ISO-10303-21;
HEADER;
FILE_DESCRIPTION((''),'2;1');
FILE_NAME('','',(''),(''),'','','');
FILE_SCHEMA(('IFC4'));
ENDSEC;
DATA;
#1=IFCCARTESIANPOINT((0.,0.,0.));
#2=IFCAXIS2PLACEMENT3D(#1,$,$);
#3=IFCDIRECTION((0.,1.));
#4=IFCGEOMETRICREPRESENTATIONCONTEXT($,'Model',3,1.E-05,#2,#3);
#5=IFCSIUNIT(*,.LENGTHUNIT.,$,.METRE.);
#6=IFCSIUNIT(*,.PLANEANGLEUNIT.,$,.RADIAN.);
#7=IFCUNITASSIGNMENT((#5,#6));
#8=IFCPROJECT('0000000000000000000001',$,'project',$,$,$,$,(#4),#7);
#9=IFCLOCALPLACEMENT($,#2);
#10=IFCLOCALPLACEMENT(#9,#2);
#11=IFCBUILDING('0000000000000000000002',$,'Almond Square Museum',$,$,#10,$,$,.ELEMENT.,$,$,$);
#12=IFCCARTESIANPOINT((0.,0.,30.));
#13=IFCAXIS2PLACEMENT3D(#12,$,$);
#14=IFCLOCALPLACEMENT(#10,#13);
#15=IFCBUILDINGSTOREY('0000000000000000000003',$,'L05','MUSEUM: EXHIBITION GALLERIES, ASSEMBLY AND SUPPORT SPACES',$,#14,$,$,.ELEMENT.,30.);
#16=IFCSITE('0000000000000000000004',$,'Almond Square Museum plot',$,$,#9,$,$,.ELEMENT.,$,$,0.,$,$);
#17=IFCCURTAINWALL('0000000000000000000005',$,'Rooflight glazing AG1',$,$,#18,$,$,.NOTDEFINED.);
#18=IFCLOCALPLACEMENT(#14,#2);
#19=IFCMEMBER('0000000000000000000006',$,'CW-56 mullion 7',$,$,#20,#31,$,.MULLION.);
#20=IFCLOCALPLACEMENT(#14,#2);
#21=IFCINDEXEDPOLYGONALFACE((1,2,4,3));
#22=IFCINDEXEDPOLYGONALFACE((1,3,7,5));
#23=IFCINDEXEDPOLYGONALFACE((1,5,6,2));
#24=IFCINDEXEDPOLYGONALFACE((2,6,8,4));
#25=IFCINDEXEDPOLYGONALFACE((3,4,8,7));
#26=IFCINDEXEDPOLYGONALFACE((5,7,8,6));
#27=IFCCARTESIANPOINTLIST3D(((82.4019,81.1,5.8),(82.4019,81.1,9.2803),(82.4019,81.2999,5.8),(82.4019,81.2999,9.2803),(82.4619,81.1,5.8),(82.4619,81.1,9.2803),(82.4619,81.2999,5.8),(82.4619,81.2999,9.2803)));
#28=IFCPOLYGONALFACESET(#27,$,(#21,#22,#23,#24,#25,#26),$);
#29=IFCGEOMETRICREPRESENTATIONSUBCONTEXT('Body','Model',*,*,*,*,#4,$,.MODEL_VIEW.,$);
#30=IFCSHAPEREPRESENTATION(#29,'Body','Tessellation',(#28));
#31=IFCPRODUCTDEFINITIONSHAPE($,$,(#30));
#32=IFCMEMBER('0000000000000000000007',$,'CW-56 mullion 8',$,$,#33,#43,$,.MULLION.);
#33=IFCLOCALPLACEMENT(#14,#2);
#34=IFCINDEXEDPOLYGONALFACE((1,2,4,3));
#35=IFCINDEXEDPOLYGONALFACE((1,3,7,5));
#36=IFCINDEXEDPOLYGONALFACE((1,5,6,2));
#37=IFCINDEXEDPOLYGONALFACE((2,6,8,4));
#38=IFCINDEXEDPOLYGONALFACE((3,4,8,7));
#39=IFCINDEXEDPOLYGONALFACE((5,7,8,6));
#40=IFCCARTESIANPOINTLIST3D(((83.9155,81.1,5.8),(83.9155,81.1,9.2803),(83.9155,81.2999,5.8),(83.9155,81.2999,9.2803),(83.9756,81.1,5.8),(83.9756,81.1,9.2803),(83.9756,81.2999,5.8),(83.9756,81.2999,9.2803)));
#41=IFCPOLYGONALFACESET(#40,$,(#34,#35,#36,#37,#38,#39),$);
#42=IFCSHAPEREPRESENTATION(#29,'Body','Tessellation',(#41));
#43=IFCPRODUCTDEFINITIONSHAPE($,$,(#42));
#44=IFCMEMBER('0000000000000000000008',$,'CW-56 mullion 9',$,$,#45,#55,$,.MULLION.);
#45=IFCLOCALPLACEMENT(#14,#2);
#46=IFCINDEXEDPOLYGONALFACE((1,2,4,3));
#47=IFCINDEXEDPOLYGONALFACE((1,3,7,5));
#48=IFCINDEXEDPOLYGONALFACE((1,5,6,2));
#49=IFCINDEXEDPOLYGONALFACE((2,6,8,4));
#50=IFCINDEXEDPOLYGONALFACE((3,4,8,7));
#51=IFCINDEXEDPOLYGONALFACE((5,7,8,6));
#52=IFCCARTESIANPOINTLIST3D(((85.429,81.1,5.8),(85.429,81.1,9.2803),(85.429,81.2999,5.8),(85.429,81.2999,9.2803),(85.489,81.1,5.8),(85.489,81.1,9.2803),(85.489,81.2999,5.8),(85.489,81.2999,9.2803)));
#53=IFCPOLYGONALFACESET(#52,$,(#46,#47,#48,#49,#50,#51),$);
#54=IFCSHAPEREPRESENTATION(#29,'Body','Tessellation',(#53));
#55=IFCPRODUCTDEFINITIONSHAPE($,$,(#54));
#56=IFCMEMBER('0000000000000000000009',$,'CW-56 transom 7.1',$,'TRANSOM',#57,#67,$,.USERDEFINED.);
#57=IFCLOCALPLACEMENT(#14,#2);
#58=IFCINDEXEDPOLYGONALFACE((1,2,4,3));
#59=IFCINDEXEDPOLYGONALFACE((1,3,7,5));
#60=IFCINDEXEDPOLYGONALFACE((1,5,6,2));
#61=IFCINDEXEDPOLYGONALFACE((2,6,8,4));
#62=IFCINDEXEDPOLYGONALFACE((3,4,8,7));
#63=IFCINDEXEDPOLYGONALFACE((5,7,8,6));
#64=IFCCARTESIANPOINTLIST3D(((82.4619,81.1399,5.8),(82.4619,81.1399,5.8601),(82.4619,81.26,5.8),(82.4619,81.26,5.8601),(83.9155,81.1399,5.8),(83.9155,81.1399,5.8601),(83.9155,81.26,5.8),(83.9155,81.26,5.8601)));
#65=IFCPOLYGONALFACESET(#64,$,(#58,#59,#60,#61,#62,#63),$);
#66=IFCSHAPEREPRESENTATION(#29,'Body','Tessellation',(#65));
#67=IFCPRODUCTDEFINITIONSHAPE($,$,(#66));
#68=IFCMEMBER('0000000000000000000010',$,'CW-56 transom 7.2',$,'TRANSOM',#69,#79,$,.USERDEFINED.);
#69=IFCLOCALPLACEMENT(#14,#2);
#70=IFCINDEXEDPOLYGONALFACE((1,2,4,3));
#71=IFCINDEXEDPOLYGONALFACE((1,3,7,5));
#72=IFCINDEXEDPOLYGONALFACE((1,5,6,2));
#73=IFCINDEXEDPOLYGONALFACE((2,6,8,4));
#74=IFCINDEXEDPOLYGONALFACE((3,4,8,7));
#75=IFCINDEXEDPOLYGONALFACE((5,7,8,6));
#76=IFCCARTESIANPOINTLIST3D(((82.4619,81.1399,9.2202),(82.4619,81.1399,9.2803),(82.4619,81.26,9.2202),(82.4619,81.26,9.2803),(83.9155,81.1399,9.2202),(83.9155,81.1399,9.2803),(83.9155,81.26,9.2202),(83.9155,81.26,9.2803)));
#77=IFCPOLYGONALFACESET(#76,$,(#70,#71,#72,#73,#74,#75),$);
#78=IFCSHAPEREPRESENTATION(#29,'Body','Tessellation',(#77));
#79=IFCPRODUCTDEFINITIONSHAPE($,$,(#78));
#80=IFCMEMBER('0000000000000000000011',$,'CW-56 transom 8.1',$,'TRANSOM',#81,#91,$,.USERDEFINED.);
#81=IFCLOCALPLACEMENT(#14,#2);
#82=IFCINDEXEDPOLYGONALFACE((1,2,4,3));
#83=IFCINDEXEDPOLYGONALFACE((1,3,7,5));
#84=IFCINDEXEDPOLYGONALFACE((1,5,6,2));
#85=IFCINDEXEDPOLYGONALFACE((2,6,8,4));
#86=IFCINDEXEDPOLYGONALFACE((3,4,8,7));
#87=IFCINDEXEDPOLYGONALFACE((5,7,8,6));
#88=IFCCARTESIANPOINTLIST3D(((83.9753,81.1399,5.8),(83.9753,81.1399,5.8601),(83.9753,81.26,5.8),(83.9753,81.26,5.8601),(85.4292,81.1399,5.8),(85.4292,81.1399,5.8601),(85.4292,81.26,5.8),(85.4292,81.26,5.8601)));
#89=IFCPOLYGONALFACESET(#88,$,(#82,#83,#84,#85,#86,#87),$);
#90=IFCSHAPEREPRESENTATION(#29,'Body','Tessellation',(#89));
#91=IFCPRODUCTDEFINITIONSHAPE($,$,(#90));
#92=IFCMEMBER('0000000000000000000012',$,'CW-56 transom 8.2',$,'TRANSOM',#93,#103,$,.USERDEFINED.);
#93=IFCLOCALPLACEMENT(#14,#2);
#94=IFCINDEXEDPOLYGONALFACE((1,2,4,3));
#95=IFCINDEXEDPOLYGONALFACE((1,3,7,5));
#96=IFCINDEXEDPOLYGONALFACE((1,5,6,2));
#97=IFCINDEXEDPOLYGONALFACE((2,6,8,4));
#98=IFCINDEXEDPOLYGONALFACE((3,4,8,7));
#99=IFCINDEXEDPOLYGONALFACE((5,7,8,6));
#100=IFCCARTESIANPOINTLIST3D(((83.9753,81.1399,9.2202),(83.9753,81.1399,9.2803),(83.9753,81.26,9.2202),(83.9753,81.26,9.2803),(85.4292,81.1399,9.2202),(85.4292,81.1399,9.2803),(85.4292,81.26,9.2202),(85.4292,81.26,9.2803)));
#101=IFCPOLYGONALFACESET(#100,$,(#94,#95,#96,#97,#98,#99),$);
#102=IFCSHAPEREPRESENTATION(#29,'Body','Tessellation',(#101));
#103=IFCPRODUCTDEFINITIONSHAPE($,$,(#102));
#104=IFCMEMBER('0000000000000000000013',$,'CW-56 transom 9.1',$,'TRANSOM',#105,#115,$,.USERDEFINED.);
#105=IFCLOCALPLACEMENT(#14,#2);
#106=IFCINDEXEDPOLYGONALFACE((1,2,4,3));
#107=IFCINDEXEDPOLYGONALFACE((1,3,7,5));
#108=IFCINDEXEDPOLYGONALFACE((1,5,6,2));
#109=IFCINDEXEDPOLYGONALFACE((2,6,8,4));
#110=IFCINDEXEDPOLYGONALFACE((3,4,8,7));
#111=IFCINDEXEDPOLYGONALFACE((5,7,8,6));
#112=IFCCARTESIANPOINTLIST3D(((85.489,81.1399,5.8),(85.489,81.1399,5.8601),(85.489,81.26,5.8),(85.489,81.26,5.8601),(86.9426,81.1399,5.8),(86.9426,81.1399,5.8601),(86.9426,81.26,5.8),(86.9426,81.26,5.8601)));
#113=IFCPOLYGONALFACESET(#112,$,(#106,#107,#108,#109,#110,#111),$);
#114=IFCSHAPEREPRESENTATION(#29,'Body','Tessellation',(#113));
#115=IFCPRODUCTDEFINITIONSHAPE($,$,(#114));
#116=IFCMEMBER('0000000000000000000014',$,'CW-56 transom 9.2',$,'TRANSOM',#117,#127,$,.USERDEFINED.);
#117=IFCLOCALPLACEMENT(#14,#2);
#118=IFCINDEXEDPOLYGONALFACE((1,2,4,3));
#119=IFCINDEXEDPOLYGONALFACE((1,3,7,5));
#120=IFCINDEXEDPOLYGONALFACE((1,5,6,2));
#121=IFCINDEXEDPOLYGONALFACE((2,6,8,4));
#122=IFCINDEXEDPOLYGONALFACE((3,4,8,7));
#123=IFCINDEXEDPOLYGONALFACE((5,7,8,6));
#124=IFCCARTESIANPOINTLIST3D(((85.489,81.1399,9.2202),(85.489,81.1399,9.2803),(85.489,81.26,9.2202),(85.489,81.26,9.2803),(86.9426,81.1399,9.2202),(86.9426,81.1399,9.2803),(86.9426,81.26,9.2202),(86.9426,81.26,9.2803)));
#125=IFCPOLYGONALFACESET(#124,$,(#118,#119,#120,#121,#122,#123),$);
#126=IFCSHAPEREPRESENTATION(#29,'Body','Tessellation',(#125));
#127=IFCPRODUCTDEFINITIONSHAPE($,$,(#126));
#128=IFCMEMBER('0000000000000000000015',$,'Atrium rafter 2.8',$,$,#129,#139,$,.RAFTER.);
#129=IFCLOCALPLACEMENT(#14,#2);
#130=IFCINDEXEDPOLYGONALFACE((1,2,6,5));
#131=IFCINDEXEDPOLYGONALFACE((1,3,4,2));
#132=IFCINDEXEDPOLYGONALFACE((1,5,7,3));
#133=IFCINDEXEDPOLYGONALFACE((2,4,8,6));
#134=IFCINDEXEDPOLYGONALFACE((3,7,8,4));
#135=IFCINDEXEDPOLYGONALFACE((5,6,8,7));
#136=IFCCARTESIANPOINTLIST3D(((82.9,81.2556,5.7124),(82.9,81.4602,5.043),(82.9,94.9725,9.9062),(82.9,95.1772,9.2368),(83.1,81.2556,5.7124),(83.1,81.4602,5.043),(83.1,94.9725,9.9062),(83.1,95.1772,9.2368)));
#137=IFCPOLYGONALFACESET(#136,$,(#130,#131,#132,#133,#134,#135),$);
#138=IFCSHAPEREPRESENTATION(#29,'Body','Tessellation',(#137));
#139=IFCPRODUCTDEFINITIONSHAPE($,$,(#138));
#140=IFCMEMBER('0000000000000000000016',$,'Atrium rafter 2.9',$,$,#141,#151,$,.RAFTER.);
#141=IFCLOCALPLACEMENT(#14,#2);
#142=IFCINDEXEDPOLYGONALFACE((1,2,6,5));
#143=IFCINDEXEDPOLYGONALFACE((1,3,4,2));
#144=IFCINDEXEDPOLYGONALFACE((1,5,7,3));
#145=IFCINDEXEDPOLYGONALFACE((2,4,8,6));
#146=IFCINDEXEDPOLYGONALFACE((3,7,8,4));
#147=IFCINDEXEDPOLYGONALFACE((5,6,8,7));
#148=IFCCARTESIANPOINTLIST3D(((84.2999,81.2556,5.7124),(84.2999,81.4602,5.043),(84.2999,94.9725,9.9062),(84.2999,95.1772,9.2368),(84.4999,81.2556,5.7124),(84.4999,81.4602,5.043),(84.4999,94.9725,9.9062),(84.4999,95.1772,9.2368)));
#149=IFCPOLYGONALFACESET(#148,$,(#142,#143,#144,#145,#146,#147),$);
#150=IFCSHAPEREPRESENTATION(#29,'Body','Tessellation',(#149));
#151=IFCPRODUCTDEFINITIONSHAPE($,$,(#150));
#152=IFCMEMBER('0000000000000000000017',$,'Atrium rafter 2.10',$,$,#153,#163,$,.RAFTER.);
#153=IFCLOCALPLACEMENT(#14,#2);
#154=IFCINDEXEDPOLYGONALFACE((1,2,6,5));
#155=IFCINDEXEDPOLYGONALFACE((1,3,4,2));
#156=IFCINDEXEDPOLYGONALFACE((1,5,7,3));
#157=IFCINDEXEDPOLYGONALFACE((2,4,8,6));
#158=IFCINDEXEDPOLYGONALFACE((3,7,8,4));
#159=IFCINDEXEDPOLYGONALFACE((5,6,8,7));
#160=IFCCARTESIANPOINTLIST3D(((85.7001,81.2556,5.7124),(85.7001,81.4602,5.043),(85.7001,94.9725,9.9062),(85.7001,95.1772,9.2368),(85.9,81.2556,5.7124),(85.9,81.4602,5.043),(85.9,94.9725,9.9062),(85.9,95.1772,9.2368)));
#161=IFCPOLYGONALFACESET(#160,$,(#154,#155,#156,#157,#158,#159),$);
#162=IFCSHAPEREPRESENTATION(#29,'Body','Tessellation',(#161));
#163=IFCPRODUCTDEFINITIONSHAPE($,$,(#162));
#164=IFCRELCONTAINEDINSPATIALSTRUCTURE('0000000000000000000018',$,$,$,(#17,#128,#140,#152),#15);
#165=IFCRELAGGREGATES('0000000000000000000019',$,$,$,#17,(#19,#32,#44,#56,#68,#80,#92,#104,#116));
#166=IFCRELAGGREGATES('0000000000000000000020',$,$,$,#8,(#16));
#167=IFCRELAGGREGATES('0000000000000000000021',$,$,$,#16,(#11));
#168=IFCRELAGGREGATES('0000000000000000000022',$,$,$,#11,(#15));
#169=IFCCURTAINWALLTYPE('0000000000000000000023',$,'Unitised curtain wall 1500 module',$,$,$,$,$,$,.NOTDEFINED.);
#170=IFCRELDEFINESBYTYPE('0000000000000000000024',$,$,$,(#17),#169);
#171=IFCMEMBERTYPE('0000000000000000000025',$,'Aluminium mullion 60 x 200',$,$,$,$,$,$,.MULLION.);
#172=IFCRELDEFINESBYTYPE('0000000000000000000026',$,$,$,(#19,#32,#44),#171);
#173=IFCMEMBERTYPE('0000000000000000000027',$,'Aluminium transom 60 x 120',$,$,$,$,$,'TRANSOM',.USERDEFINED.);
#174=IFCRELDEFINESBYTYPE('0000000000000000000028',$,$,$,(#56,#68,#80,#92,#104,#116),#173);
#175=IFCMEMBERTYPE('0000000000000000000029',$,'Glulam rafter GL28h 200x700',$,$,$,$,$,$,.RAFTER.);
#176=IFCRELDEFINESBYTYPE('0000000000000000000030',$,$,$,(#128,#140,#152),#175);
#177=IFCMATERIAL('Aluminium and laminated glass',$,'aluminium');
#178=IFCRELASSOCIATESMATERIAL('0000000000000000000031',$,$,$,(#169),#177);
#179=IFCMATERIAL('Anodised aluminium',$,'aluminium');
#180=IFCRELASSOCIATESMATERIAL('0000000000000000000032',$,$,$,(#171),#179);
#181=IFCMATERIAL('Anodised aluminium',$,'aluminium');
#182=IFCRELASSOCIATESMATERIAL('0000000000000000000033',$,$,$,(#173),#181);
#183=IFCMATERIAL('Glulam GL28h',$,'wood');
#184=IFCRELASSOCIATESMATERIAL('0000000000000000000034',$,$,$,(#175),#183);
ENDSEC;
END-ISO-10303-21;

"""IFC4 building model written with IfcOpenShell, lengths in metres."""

from ifc_helpers import new_model, si_unit, direction, frame, origin, origin_2d, place, context, subcontext, project, spatial, rectangle, extrude, material, material_profile, profile_set, type_object, element, aggregate, save


model = new_model("IFC4")

# Units and contexts
model_context = context("Model", 3, precision=1e-05, world=origin(), true_north=direction((0.0, 1.0)))
body_context = subcontext(model_context, "Body", "Model", "MODEL_VIEW")
ifc_project = project(units=[si_unit("LENGTHUNIT", "METRE"), si_unit("PLANEANGLEUNIT", "RADIAN")], contexts=[model_context])

# Site, building, storey
site_placement = place(None, origin())
site = spatial("IfcSite", under=ifc_project, at=site_placement, Name="Almond Square Museum plot", CompositionType="ELEMENT", RefElevation=0.0)
building_placement = place(site_placement, origin())
building = spatial("IfcBuilding", under=site, at=building_placement, Name="Almond Square Museum", CompositionType="ELEMENT")
storey_placement = place(building_placement, frame((0.0, 0.0, 30.0)))
storey = spatial("IfcBuildingStorey", under=building, at=storey_placement, Name="L05", Description="MUSEUM: EXHIBITION GALLERIES, ASSEMBLY AND SUPPORT SPACES", CompositionType="ELEMENT", Elevation=30.0)

# Curtain wall, members
ifc_material_1 = material(Name="Aluminium and laminated glass", Category="aluminium")
curtain_wall_type = type_object("IfcCurtainWallType", Name="Unitised curtain wall 1500 module", PredefinedType="NOTDEFINED", material=ifc_material_1)
curtain_wall_placement = place(storey_placement, origin())
curtain_wall = element("IfcCurtainWall", 1, at=curtain_wall_placement, inside=storey, type_object=curtain_wall_type, Name="Rooflight glazing AG1", PredefinedType="NOTDEFINED")
ifc_material_2 = material(Name="Anodised aluminium", Category="aluminium")
ifc_material_profile_1 = material_profile(ifc_material_2, rectangle(XDim=0.2, YDim=0.0601, at=origin_2d()))
ifc_profile_set_1 = profile_set([ifc_material_profile_1], Name="Anodised aluminium")
member_type_1 = type_object("IfcMemberType", Name="Aluminium mullion 60 x 200", PredefinedType="MULLION", material=ifc_profile_set_1)
member_1_placement = place(storey_placement, frame((82.4319, 81.2, 5.8), z_axis=(0.0, 0.0, 1.0), x_axis=(0.0, 1.0, 0.0)))
member_1 = element("IfcMember", 2, at=member_1_placement, type_object=member_type_1, Name="CW-56 mullion 7", PredefinedType="MULLION", context=body_context, shape_type="SweptSolid", body=[
    extrude(rectangle(XDim=0.2, YDim=0.0601, at=origin_2d()), origin(), (0.0, 0.0, 1.0), 3.4802),
])
member_2_placement = place(storey_placement, frame((83.9456, 81.2, 5.8), z_axis=(0.0, 0.0, 1.0), x_axis=(0.0, 1.0, 0.0)))
member_2 = element("IfcMember", 3, at=member_2_placement, type_object=member_type_1, Name="CW-56 mullion 8", PredefinedType="MULLION", context=body_context, shape_type="SweptSolid", body=[
    extrude(rectangle(XDim=0.2, YDim=0.0601, at=origin_2d()), origin(), (0.0, 0.0, 1.0), 3.4802),
])
member_3_placement = place(storey_placement, frame((85.459, 81.2, 5.8), z_axis=(0.0, 0.0, 1.0), x_axis=(0.0, 1.0, 0.0)))
member_3 = element("IfcMember", 4, at=member_3_placement, type_object=member_type_1, Name="CW-56 mullion 9", PredefinedType="MULLION", context=body_context, shape_type="SweptSolid", body=[
    extrude(rectangle(XDim=0.2, YDim=0.0601, at=origin_2d()), origin(), (0.0, 0.0, 1.0), 3.4802),
])
ifc_material_3 = material(Name="Anodised aluminium", Category="aluminium")
ifc_material_profile_2 = material_profile(ifc_material_3, rectangle(XDim=0.1201, YDim=0.0601, at=origin_2d()))
ifc_profile_set_2 = profile_set([ifc_material_profile_2], Name="Anodised aluminium")
member_type_2 = type_object("IfcMemberType", Name="Aluminium transom 60 x 120", ElementType="TRANSOM", PredefinedType="USERDEFINED", material=ifc_profile_set_2)
member_4_placement = place(storey_placement, frame((82.4619, 81.2, 5.8301), z_axis=(1.0, 0.0, 0.0), x_axis=(0.0, 1.0, 0.0)))
member_4 = element("IfcMember", 5, at=member_4_placement, type_object=member_type_2, Name="CW-56 transom 7.1", ObjectType="TRANSOM", PredefinedType="USERDEFINED", context=body_context, shape_type="SweptSolid", body=[
    extrude(rectangle(XDim=0.1201, YDim=0.0601, at=origin_2d()), origin(), (0.0, 0.0, 1.0), 1.4536),
])
member_5_placement = place(storey_placement, frame((82.4619, 81.2, 9.2502), z_axis=(1.0, 0.0, 0.0), x_axis=(0.0, 1.0, 0.0)))
member_5 = element("IfcMember", 6, at=member_5_placement, type_object=member_type_2, Name="CW-56 transom 7.2", ObjectType="TRANSOM", PredefinedType="USERDEFINED", context=body_context, shape_type="SweptSolid", body=[
    extrude(rectangle(XDim=0.1201, YDim=0.0601, at=origin_2d()), origin(), (0.0, 0.0, 1.0), 1.4536),
])
member_6_placement = place(storey_placement, frame((83.9753, 81.2, 5.8301), z_axis=(1.0, 0.0, 0.0), x_axis=(0.0, 1.0, 0.0)))
member_6 = element("IfcMember", 7, at=member_6_placement, type_object=member_type_2, Name="CW-56 transom 8.1", ObjectType="TRANSOM", PredefinedType="USERDEFINED", context=body_context, shape_type="SweptSolid", body=[
    extrude(rectangle(XDim=0.1201, YDim=0.0601, at=origin_2d()), origin(), (0.0, 0.0, 1.0), 1.4539),
])
member_7_placement = place(storey_placement, frame((83.9753, 81.2, 9.2502), z_axis=(1.0, 0.0, 0.0), x_axis=(0.0, 1.0, 0.0)))
member_7 = element("IfcMember", 8, at=member_7_placement, type_object=member_type_2, Name="CW-56 transom 8.2", ObjectType="TRANSOM", PredefinedType="USERDEFINED", context=body_context, shape_type="SweptSolid", body=[
    extrude(rectangle(XDim=0.1201, YDim=0.0601, at=origin_2d()), origin(), (0.0, 0.0, 1.0), 1.4539),
])
member_8_placement = place(storey_placement, frame((85.489, 81.2, 5.8301), z_axis=(1.0, 0.0, 0.0), x_axis=(0.0, 1.0, 0.0)))
member_8 = element("IfcMember", 9, at=member_8_placement, type_object=member_type_2, Name="CW-56 transom 9.1", ObjectType="TRANSOM", PredefinedType="USERDEFINED", context=body_context, shape_type="SweptSolid", body=[
    extrude(rectangle(XDim=0.1201, YDim=0.0601, at=origin_2d()), origin(), (0.0, 0.0, 1.0), 1.4536),
])
member_9_placement = place(storey_placement, frame((85.489, 81.2, 9.2502), z_axis=(1.0, 0.0, 0.0), x_axis=(0.0, 1.0, 0.0)))
member_9 = element("IfcMember", 10, at=member_9_placement, type_object=member_type_2, Name="CW-56 transom 9.2", ObjectType="TRANSOM", PredefinedType="USERDEFINED", context=body_context, shape_type="SweptSolid", body=[
    extrude(rectangle(XDim=0.1201, YDim=0.0601, at=origin_2d()), origin(), (0.0, 0.0, 1.0), 1.4536),
])

# Members
ifc_material_4 = material(Name="Glulam GL28h", Category="wood")
ifc_material_profile_3 = material_profile(ifc_material_4, rectangle(XDim=0.2, YDim=0.7, at=origin_2d()))
ifc_profile_set_3 = profile_set([ifc_material_profile_3], Name="Glulam GL28h")
member_type_3 = type_object("IfcMemberType", Name="Glulam rafter GL28h 200x700", PredefinedType="RAFTER", material=ifc_profile_set_3)
for number, where, z_axis, x_axis, name in (
    (11, (83.0, 81.3579, 5.3777), (0.0, 0.956302, 0.29238), (-1.0, 0.0, 0.0), "Atrium rafter 2.8"),
    (12, (84.3999, 81.3579, 5.3777), (0.0, 0.956302, 0.29238), (-1.0, 0.0, 0.0), "Atrium rafter 2.9"),
    (13, (85.8, 81.3579, 5.3777), (0.0, 0.956302, 0.29238), (-1.0, 0.0, 0.0), "Atrium rafter 2.10"),
):
    element("IfcMember", number, at=place(storey_placement, frame(where, z_axis=z_axis, x_axis=x_axis)), inside=storey, type_object=member_type_3, Name=name, PredefinedType="RAFTER", context=body_context, shape_type="SweptSolid", body=[
        extrude(rectangle(XDim=0.2, YDim=0.7, at=origin_2d()), origin(), (0.0, 0.0, 1.0), 14.3438),
    ])

aggregate(curtain_wall, [member_1, member_2, member_3, member_4, member_5, member_6, member_7, member_8, member_9])

save(model, "model.ifc")
